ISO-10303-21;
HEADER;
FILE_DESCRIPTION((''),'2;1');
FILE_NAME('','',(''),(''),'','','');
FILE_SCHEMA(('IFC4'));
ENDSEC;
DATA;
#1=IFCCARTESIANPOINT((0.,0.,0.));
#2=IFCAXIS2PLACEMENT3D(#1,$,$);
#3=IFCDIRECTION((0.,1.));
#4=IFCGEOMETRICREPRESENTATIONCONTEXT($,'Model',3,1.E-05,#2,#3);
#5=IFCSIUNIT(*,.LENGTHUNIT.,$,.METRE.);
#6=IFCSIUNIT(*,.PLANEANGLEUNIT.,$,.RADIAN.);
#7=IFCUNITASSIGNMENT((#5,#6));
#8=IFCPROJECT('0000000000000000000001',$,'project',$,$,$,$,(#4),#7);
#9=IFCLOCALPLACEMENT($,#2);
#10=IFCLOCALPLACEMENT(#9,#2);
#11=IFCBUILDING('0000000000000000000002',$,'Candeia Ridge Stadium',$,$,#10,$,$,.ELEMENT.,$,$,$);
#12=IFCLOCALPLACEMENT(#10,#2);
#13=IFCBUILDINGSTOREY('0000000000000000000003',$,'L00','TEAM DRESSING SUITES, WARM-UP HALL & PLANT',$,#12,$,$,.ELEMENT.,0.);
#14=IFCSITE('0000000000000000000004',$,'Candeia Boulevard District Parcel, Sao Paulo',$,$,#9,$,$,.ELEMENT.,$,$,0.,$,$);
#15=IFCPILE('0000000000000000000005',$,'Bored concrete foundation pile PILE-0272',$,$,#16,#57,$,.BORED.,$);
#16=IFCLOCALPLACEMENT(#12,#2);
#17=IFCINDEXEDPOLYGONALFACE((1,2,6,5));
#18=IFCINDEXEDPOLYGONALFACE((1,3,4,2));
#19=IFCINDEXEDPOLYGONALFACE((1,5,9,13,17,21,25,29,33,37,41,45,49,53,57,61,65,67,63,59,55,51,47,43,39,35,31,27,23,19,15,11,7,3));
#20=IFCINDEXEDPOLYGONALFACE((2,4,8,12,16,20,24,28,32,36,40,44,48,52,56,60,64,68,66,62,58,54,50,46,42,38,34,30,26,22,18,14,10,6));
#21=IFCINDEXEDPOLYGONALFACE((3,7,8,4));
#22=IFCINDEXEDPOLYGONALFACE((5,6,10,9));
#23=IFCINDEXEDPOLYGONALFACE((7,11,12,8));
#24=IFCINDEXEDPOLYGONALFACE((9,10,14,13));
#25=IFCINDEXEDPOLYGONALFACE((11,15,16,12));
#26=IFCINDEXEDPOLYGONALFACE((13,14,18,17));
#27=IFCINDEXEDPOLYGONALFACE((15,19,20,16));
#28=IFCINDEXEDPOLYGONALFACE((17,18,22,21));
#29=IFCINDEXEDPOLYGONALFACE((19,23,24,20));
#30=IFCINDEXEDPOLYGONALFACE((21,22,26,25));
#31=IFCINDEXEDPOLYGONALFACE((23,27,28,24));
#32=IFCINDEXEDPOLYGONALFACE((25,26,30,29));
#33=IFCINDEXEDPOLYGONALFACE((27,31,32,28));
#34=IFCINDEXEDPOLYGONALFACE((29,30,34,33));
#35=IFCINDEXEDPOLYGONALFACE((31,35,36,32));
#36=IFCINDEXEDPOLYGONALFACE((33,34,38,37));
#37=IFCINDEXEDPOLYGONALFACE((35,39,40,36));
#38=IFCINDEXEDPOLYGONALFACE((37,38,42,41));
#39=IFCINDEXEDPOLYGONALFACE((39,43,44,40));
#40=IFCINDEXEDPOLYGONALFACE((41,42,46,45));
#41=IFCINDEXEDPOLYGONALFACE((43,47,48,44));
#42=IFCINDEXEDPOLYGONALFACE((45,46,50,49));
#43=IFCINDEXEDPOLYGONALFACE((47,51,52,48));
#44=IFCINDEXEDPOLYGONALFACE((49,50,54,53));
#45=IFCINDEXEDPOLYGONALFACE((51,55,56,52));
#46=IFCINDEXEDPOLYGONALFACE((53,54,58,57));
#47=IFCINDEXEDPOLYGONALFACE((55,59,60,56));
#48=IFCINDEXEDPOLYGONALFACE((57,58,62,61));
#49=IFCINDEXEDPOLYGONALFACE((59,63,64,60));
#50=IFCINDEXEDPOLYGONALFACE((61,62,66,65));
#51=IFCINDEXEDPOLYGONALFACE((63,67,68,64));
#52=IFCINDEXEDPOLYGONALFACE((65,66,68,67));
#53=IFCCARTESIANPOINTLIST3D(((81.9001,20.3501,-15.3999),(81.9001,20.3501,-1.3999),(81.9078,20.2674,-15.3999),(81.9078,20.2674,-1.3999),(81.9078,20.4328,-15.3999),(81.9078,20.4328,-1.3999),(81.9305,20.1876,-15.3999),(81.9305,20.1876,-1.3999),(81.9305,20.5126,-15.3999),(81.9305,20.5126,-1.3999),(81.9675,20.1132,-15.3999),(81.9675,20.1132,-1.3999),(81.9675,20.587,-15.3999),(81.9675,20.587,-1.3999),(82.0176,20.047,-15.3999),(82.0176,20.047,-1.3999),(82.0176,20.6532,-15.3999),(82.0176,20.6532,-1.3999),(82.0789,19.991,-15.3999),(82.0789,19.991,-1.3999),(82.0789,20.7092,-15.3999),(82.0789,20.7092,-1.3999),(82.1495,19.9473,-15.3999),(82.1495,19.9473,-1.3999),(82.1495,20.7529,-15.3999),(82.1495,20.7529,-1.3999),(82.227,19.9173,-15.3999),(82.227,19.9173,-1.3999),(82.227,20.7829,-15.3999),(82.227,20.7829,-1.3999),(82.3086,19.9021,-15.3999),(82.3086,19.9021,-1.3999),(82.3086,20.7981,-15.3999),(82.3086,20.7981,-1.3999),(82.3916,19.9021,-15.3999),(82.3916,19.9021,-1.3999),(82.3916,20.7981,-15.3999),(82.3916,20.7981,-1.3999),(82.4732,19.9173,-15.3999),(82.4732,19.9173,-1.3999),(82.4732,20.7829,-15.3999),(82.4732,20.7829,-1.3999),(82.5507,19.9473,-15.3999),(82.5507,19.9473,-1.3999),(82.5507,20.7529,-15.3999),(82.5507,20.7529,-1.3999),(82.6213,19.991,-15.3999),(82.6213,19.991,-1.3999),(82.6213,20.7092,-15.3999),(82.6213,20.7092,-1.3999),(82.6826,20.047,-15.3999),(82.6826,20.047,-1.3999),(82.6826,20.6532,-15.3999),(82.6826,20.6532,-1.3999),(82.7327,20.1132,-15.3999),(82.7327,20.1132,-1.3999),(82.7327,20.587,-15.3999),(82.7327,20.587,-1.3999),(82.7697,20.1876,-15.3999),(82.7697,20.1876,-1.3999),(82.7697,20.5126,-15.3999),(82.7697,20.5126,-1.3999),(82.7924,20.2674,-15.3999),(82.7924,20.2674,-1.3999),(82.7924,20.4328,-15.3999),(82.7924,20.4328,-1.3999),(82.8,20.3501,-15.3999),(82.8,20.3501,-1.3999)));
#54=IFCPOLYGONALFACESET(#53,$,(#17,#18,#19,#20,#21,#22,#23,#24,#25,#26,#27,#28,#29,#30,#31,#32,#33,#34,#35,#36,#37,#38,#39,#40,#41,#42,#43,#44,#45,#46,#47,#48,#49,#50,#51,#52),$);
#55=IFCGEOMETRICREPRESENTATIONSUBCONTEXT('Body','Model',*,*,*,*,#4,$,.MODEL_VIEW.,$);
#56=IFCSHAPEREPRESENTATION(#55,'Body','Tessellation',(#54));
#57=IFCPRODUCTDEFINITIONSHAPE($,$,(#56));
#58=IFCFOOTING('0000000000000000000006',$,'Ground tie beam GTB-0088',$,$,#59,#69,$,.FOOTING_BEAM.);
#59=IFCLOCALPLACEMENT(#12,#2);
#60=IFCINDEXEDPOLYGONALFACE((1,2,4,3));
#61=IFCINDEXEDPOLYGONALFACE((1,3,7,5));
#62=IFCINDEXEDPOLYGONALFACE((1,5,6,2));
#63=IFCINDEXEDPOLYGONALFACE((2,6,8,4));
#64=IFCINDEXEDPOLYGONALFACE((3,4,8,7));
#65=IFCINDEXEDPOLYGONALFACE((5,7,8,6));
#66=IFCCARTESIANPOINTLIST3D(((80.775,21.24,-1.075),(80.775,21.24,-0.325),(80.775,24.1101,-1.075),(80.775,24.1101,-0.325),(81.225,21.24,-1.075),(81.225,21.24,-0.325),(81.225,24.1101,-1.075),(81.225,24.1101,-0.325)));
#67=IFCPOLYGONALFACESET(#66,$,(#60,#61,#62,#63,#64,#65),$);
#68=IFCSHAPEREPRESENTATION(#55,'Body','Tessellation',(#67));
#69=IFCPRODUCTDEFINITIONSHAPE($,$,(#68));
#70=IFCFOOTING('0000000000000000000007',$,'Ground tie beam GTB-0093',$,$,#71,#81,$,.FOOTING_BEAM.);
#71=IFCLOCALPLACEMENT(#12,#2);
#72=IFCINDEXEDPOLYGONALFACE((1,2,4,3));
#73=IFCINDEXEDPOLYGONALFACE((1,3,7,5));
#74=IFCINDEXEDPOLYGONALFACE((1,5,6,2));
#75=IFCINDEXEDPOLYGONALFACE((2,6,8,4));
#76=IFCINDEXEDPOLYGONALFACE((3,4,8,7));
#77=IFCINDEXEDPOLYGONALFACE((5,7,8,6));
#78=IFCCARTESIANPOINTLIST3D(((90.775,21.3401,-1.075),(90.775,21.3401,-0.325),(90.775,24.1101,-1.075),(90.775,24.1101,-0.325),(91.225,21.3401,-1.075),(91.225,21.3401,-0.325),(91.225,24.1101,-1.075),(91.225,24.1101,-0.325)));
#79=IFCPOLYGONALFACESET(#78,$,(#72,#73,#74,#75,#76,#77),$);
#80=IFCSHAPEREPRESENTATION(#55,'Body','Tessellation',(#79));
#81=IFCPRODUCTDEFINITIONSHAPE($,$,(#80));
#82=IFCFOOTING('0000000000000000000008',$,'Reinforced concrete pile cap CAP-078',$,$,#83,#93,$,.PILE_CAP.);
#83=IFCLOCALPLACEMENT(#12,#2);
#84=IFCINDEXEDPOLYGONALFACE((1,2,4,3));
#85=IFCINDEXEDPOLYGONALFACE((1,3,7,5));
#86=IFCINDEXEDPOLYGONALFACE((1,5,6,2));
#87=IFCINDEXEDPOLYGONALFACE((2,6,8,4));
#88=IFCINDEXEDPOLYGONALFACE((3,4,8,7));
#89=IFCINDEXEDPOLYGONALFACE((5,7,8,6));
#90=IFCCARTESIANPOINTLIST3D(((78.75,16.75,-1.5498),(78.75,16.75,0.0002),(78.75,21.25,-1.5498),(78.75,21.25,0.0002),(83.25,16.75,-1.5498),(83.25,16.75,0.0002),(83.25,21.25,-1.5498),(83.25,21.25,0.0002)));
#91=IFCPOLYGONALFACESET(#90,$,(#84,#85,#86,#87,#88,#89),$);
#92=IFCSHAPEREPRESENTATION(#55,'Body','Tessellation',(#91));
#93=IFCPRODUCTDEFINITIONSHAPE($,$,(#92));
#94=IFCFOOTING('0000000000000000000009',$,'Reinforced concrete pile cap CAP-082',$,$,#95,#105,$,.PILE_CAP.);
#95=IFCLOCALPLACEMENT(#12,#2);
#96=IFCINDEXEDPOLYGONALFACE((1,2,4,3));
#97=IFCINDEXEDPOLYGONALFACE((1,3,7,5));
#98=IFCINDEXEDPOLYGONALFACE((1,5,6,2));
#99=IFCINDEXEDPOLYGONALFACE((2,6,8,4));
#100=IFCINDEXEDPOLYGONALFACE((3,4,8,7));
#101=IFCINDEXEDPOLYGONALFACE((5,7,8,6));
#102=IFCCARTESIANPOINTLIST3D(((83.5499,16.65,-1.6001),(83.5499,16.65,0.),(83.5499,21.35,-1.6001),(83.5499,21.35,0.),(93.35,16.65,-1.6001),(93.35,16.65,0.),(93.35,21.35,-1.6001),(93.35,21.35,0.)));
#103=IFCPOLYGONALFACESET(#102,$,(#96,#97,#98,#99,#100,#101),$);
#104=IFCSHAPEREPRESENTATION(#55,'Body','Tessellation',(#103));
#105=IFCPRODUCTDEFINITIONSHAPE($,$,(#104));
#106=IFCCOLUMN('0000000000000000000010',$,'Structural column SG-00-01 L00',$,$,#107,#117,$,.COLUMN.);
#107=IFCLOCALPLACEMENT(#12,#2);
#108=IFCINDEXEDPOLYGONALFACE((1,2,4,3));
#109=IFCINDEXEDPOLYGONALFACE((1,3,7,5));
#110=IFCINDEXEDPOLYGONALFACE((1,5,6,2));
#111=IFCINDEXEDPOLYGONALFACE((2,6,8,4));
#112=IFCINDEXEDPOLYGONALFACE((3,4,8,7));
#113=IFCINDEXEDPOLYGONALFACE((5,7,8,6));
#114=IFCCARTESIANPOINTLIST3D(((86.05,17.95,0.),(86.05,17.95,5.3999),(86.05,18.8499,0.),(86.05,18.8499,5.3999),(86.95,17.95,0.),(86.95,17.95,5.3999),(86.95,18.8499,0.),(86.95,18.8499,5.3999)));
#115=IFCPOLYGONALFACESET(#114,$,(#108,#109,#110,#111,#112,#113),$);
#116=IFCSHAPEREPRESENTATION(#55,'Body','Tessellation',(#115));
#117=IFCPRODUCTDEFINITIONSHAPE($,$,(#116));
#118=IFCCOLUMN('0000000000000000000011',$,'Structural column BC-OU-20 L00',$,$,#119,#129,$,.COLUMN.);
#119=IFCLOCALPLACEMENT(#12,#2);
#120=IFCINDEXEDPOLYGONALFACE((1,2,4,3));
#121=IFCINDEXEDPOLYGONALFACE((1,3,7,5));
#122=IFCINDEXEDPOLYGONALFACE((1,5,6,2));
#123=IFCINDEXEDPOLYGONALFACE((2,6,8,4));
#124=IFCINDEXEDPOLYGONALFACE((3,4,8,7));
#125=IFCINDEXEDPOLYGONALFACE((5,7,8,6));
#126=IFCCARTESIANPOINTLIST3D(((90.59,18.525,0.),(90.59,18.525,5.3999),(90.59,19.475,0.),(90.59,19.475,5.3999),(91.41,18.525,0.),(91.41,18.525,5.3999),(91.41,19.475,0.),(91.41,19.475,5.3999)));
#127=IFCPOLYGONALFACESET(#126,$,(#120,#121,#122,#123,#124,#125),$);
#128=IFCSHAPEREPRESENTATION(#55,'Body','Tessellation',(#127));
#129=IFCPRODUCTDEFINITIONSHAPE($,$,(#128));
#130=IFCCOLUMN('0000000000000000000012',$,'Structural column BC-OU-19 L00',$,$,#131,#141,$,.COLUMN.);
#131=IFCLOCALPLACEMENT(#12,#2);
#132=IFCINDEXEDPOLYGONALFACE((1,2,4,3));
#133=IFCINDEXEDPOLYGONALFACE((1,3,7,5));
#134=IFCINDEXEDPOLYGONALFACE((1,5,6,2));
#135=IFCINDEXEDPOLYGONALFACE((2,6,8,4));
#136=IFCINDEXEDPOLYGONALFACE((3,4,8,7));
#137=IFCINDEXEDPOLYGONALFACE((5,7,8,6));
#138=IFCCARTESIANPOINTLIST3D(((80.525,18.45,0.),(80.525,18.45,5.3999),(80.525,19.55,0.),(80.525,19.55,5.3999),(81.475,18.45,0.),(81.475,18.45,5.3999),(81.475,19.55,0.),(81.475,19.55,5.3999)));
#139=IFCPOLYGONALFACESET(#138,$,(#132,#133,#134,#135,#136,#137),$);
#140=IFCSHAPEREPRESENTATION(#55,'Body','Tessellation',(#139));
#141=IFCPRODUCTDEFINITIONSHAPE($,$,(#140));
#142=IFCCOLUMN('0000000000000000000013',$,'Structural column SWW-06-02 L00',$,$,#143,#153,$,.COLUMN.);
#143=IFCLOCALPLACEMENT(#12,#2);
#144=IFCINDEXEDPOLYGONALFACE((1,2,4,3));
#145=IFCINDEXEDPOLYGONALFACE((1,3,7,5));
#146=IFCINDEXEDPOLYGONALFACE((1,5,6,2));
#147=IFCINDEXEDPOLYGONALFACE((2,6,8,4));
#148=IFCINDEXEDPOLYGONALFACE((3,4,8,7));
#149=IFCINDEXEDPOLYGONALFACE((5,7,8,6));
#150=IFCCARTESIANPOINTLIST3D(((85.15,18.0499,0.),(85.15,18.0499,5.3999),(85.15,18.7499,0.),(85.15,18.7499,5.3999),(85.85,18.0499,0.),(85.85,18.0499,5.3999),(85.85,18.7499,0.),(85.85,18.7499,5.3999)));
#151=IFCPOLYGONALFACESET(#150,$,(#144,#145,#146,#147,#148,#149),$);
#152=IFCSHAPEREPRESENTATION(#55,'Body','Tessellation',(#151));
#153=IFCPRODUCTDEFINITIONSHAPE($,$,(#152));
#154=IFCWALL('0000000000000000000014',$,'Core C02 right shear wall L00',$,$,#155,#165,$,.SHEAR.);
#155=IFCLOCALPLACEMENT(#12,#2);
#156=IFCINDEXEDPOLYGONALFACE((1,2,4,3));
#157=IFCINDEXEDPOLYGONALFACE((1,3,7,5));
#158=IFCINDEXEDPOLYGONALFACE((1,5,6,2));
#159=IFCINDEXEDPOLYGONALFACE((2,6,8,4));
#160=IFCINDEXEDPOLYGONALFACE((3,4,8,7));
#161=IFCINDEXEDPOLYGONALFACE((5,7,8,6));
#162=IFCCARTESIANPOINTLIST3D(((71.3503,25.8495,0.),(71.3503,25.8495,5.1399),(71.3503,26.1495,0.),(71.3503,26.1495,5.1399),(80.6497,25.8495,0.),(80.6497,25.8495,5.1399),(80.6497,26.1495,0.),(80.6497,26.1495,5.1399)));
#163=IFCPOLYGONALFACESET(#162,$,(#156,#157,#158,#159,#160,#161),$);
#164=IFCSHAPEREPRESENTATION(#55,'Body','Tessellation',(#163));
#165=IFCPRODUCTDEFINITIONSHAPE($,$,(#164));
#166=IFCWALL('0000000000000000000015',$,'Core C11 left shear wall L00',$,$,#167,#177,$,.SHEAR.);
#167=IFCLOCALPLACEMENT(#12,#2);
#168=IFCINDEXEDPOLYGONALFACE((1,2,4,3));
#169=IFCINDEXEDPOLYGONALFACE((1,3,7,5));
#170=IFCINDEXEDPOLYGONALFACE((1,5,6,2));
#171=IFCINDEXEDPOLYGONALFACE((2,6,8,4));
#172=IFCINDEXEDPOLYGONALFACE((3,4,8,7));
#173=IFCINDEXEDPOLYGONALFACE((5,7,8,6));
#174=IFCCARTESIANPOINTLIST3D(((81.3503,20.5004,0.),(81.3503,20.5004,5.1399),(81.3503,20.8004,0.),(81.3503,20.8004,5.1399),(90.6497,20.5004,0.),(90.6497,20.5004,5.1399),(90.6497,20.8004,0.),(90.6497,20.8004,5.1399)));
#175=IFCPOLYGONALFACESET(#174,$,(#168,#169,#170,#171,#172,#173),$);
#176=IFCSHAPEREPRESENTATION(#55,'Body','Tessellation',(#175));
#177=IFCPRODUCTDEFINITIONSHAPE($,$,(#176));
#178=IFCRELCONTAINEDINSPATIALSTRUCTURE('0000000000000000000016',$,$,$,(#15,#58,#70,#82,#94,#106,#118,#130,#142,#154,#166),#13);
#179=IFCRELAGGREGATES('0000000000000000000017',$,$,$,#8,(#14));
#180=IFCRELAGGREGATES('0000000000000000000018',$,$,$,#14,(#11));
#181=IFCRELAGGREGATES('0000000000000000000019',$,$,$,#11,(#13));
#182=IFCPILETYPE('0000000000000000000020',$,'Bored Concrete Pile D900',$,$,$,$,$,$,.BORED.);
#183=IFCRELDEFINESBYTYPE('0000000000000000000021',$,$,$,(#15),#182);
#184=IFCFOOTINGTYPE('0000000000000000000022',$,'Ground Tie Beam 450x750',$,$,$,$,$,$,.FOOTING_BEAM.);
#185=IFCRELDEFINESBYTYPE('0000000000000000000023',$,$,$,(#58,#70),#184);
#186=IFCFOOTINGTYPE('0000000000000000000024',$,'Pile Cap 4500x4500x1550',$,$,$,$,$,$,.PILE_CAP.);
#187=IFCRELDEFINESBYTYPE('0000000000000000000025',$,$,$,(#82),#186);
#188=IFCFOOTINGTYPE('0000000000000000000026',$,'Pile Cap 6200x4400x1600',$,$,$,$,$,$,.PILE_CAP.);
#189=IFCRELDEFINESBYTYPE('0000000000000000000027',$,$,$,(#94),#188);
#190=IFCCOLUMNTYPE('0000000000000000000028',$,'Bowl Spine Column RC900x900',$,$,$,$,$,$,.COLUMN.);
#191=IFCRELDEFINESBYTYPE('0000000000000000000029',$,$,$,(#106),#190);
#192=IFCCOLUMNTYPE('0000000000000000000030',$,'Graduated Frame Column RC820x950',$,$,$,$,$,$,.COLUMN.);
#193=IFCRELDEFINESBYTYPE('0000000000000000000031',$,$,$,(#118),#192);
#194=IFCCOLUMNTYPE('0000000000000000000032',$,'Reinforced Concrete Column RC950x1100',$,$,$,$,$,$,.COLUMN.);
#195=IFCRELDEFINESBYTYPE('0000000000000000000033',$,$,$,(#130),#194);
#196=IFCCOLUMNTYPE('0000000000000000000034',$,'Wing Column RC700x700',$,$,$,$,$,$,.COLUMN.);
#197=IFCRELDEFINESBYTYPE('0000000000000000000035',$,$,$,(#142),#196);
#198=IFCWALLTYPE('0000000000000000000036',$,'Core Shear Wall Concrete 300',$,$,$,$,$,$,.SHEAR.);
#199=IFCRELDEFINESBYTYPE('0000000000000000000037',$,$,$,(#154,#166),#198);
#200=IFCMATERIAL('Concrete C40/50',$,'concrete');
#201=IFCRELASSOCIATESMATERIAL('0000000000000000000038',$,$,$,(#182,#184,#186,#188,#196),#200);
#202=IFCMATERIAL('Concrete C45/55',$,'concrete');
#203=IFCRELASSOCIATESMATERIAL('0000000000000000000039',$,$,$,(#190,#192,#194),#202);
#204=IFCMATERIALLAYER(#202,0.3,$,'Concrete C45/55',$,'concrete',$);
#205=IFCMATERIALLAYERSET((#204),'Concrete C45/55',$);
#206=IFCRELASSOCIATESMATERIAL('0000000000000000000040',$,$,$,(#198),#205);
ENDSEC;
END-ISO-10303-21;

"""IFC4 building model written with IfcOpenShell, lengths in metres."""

from ifc_helpers import new_model, si_unit, direction, frame, frame_2d, origin, origin_2d, place, context, subcontext, project, spatial, rectangle, circle, extrude, material, layer, layer_set, material_profile, profile_set, type_object, element, save


model = new_model("IFC4")

# Units and contexts
model_context = context("Model", 3, precision=1e-05, world=origin(), true_north=direction((0.0, 1.0)))
body_context = subcontext(model_context, "Body", "Model", "MODEL_VIEW")
ifc_project = project(units=[si_unit("LENGTHUNIT", "METRE"), si_unit("PLANEANGLEUNIT", "RADIAN")], contexts=[model_context])

# Site, building, storey
site_placement = place(None, origin())
site = spatial("IfcSite", under=ifc_project, at=site_placement, Name="Candeia Boulevard District Parcel, Sao Paulo", CompositionType="ELEMENT", RefElevation=0.0)
building_placement = place(site_placement, origin())
building = spatial("IfcBuilding", under=site, at=building_placement, Name="Candeia Ridge Stadium", CompositionType="ELEMENT")
storey_placement = place(building_placement, origin())
storey = spatial("IfcBuildingStorey", under=building, at=storey_placement, Name="L00", Description="TEAM DRESSING SUITES, WARM-UP HALL & PLANT", CompositionType="ELEMENT", Elevation=0.0)

# Pile
ifc_material_1 = material(Name="Concrete C40/50", Category="concrete")
ifc_material_profile_1 = material_profile(ifc_material_1, circle(Radius=0.45, at=origin_2d()), Name="PILE-D900", Category="concrete")
ifc_profile_set_1 = profile_set([ifc_material_profile_1], Name="Concrete C40/50")
pile_type_1 = type_object("IfcPileType", Name="Bored Concrete Pile D900", PredefinedType="BORED", material=ifc_profile_set_1)
pile_placement = place(storey_placement, frame((82.3501, 20.3501, -1.3999), z_axis=(0.0, 0.0, -1.0), x_axis=(1.0, 0.0, 0.0)))
element("IfcPile", 1, at=pile_placement, inside=storey, type_object=pile_type_1, Name="Bored concrete foundation pile PILE-0272", PredefinedType="BORED", context=body_context, shape_type="SweptSolid", body=[
    extrude(circle(Radius=0.45, at=origin_2d()), origin(), (0.0, 0.0, 1.0), 14.0),
])

# Footings
footing_type_1 = type_object("IfcFootingType", Name="Ground Tie Beam 450x750", PredefinedType="FOOTING_BEAM", material=ifc_material_1)
footing_1_placement = place(storey_placement, frame((81.0, 22.675, -1.075), z_axis=(0.0, 0.0, 1.0), x_axis=(0.0, -1.0, 0.0)))
element("IfcFooting", 2, at=footing_1_placement, inside=storey, type_object=footing_type_1, Name="Ground tie beam GTB-0088", PredefinedType="FOOTING_BEAM", context=body_context, shape_type="SweptSolid", body=[
    extrude(rectangle(XDim=2.8701, YDim=0.45, at=origin_2d()), origin(), (0.0, 0.0, 1.0), 0.75),
])
footing_2_placement = place(storey_placement, frame((91.0, 22.7251, -1.075), z_axis=(0.0, 0.0, 1.0), x_axis=(0.0, -1.0, 0.0)))
element("IfcFooting", 3, at=footing_2_placement, inside=storey, type_object=footing_type_1, Name="Ground tie beam GTB-0093", PredefinedType="FOOTING_BEAM", context=body_context, shape_type="SweptSolid", body=[
    extrude(rectangle(XDim=2.77, YDim=0.45, at=origin_2d()), origin(), (0.0, 0.0, 1.0), 0.75),
])
footing_type_2 = type_object("IfcFootingType", Name="Pile Cap 4500x4500x1550", PredefinedType="PILE_CAP", material=ifc_material_1)
footing_3_placement = place(storey_placement, frame((81.0, 19.0, -1.5498), z_axis=(0.0, 0.0, 1.0), x_axis=(1.0, 0.0, 0.0)))
element("IfcFooting", 4, at=footing_3_placement, inside=storey, type_object=footing_type_2, Name="Reinforced concrete pile cap CAP-078", PredefinedType="PILE_CAP", context=body_context, shape_type="SweptSolid", body=[
    extrude(rectangle(XDim=4.5, YDim=4.5, at=origin_2d()), origin(), (0.0, 0.0, 1.0), 1.55),
])
footing_type_3 = type_object("IfcFootingType", Name="Pile Cap 6200x4400x1600", PredefinedType="PILE_CAP", material=ifc_material_1)
footing_4_placement = place(storey_placement, frame((88.45, 19.0, -1.6001), z_axis=(0.0, 0.0, 1.0), x_axis=(1.0, 0.0, 0.0)))
element("IfcFooting", 5, at=footing_4_placement, inside=storey, type_object=footing_type_3, Name="Reinforced concrete pile cap CAP-082", PredefinedType="PILE_CAP", context=body_context, shape_type="SweptSolid", body=[
    extrude(rectangle(XDim=9.8, YDim=4.7, at=origin_2d()), origin(), (0.0, 0.0, 1.0), 1.6001),
])

# Columns
ifc_material_2 = material(Name="Concrete C45/55", Category="concrete")
ifc_material_profile_2 = material_profile(ifc_material_2, rectangle(XDim=0.8999, YDim=0.8999, at=origin_2d()), Name="RC900x900", Category="concrete")
ifc_profile_set_2 = profile_set([ifc_material_profile_2], Name="Concrete C45/55")
column_type_1 = type_object("IfcColumnType", Name="Bowl Spine Column RC900x900", PredefinedType="COLUMN", material=ifc_profile_set_2)
column_1_placement = place(storey_placement, frame((86.5, 18.3999, 0.0), z_axis=(0.0, 0.0, 1.0), x_axis=(1.0, 0.0, 0.0)))
element("IfcColumn", 6, at=column_1_placement, inside=storey, type_object=column_type_1, Name="Structural column SG-00-01 L00", PredefinedType="COLUMN", context=body_context, shape_type="SweptSolid", body=[
    extrude(rectangle(XDim=0.8999, YDim=0.8999, at=origin_2d()), origin(), (0.0, 0.0, 1.0), 5.3999),
])
ifc_material_profile_3 = material_profile(ifc_material_2, rectangle(XDim=0.8201, YDim=0.95, at=origin_2d()), Name="RC820x950", Category="concrete")
ifc_profile_set_3 = profile_set([ifc_material_profile_3], Name="Concrete C45/55")
column_type_2 = type_object("IfcColumnType", Name="Graduated Frame Column RC820x950", PredefinedType="COLUMN", material=ifc_profile_set_3)
column_2_placement = place(storey_placement, frame((91.0, 19.0, 0.0), z_axis=(0.0, 0.0, 1.0), x_axis=(1.0, 0.0, 0.0)))
element("IfcColumn", 7, at=column_2_placement, inside=storey, type_object=column_type_2, Name="Structural column BC-OU-20 L00", PredefinedType="COLUMN", context=body_context, shape_type="SweptSolid", body=[
    extrude(rectangle(XDim=0.8201, YDim=0.95, at=origin_2d()), origin(), (0.0, 0.0, 1.0), 5.3999),
])
ifc_material_profile_4 = material_profile(ifc_material_2, rectangle(XDim=0.95, YDim=1.1001, at=origin_2d()), Name="RC950x1100", Category="concrete")
ifc_profile_set_4 = profile_set([ifc_material_profile_4], Name="Concrete C45/55")
column_type_3 = type_object("IfcColumnType", Name="Reinforced Concrete Column RC950x1100", PredefinedType="COLUMN", material=ifc_profile_set_4)
column_3_placement = place(storey_placement, frame((81.0, 19.0, 0.0), z_axis=(0.0, 0.0, 1.0), x_axis=(1.0, 0.0, 0.0)))
element("IfcColumn", 8, at=column_3_placement, inside=storey, type_object=column_type_3, Name="Structural column BC-OU-19 L00", PredefinedType="COLUMN", context=body_context, shape_type="SweptSolid", body=[
    extrude(rectangle(XDim=0.95, YDim=1.1001, at=origin_2d()), origin(), (0.0, 0.0, 1.0), 5.3999),
])
ifc_material_profile_5 = material_profile(ifc_material_1, rectangle(XDim=0.7, YDim=0.7, at=origin_2d()), Name="RC700x700", Category="concrete")
ifc_profile_set_5 = profile_set([ifc_material_profile_5], Name="Concrete C40/50")
column_type_4 = type_object("IfcColumnType", Name="Wing Column RC700x700", PredefinedType="COLUMN", material=ifc_profile_set_5)
column_4_placement = place(storey_placement, frame((85.5, 18.3999, 0.0), z_axis=(0.0, 0.0, 1.0), x_axis=(1.0, 0.0, 0.0)))
element("IfcColumn", 9, at=column_4_placement, inside=storey, type_object=column_type_4, Name="Structural column SWW-06-02 L00", PredefinedType="COLUMN", context=body_context, shape_type="SweptSolid", body=[
    extrude(rectangle(XDim=0.7, YDim=0.7, at=origin_2d()), origin(), (0.0, 0.0, 1.0), 5.3999),
])

# Walls
ifc_layer_1 = layer(ifc_material_2, 0.3, Name="Concrete C45/55", Category="concrete")
ifc_layer_set_1 = layer_set([ifc_layer_1], Name="Concrete C45/55")
wall_type = type_object("IfcWallType", Name="Core Shear Wall Concrete 300", PredefinedType="SHEAR", material=ifc_layer_set_1)
for number, where, z_axis, x_axis, name in (
    (10, (80.6497, 25.9995, 0.0), (0.0, 0.0, 1.0), (-1.0, 0.0, 0.0), "Core C02 right shear wall L00"),
    (11, (81.3503, 20.6504, 0.0), (0.0, 0.0, 1.0), (1.0, 0.0, 0.0), "Core C11 left shear wall L00"),
):
    element("IfcWall", number, at=place(storey_placement, frame(where, z_axis=z_axis, x_axis=x_axis)), inside=storey, type_object=wall_type, Name=name, PredefinedType="SHEAR", context=body_context, shape_type="SweptSolid", body=[
        extrude(rectangle(XDim=9.2993, YDim=0.3, at=frame_2d((4.6497, 0.0))), origin(), (0.0, 0.0, 1.0), 5.1399),
    ])

save(model, "model.ifc")
